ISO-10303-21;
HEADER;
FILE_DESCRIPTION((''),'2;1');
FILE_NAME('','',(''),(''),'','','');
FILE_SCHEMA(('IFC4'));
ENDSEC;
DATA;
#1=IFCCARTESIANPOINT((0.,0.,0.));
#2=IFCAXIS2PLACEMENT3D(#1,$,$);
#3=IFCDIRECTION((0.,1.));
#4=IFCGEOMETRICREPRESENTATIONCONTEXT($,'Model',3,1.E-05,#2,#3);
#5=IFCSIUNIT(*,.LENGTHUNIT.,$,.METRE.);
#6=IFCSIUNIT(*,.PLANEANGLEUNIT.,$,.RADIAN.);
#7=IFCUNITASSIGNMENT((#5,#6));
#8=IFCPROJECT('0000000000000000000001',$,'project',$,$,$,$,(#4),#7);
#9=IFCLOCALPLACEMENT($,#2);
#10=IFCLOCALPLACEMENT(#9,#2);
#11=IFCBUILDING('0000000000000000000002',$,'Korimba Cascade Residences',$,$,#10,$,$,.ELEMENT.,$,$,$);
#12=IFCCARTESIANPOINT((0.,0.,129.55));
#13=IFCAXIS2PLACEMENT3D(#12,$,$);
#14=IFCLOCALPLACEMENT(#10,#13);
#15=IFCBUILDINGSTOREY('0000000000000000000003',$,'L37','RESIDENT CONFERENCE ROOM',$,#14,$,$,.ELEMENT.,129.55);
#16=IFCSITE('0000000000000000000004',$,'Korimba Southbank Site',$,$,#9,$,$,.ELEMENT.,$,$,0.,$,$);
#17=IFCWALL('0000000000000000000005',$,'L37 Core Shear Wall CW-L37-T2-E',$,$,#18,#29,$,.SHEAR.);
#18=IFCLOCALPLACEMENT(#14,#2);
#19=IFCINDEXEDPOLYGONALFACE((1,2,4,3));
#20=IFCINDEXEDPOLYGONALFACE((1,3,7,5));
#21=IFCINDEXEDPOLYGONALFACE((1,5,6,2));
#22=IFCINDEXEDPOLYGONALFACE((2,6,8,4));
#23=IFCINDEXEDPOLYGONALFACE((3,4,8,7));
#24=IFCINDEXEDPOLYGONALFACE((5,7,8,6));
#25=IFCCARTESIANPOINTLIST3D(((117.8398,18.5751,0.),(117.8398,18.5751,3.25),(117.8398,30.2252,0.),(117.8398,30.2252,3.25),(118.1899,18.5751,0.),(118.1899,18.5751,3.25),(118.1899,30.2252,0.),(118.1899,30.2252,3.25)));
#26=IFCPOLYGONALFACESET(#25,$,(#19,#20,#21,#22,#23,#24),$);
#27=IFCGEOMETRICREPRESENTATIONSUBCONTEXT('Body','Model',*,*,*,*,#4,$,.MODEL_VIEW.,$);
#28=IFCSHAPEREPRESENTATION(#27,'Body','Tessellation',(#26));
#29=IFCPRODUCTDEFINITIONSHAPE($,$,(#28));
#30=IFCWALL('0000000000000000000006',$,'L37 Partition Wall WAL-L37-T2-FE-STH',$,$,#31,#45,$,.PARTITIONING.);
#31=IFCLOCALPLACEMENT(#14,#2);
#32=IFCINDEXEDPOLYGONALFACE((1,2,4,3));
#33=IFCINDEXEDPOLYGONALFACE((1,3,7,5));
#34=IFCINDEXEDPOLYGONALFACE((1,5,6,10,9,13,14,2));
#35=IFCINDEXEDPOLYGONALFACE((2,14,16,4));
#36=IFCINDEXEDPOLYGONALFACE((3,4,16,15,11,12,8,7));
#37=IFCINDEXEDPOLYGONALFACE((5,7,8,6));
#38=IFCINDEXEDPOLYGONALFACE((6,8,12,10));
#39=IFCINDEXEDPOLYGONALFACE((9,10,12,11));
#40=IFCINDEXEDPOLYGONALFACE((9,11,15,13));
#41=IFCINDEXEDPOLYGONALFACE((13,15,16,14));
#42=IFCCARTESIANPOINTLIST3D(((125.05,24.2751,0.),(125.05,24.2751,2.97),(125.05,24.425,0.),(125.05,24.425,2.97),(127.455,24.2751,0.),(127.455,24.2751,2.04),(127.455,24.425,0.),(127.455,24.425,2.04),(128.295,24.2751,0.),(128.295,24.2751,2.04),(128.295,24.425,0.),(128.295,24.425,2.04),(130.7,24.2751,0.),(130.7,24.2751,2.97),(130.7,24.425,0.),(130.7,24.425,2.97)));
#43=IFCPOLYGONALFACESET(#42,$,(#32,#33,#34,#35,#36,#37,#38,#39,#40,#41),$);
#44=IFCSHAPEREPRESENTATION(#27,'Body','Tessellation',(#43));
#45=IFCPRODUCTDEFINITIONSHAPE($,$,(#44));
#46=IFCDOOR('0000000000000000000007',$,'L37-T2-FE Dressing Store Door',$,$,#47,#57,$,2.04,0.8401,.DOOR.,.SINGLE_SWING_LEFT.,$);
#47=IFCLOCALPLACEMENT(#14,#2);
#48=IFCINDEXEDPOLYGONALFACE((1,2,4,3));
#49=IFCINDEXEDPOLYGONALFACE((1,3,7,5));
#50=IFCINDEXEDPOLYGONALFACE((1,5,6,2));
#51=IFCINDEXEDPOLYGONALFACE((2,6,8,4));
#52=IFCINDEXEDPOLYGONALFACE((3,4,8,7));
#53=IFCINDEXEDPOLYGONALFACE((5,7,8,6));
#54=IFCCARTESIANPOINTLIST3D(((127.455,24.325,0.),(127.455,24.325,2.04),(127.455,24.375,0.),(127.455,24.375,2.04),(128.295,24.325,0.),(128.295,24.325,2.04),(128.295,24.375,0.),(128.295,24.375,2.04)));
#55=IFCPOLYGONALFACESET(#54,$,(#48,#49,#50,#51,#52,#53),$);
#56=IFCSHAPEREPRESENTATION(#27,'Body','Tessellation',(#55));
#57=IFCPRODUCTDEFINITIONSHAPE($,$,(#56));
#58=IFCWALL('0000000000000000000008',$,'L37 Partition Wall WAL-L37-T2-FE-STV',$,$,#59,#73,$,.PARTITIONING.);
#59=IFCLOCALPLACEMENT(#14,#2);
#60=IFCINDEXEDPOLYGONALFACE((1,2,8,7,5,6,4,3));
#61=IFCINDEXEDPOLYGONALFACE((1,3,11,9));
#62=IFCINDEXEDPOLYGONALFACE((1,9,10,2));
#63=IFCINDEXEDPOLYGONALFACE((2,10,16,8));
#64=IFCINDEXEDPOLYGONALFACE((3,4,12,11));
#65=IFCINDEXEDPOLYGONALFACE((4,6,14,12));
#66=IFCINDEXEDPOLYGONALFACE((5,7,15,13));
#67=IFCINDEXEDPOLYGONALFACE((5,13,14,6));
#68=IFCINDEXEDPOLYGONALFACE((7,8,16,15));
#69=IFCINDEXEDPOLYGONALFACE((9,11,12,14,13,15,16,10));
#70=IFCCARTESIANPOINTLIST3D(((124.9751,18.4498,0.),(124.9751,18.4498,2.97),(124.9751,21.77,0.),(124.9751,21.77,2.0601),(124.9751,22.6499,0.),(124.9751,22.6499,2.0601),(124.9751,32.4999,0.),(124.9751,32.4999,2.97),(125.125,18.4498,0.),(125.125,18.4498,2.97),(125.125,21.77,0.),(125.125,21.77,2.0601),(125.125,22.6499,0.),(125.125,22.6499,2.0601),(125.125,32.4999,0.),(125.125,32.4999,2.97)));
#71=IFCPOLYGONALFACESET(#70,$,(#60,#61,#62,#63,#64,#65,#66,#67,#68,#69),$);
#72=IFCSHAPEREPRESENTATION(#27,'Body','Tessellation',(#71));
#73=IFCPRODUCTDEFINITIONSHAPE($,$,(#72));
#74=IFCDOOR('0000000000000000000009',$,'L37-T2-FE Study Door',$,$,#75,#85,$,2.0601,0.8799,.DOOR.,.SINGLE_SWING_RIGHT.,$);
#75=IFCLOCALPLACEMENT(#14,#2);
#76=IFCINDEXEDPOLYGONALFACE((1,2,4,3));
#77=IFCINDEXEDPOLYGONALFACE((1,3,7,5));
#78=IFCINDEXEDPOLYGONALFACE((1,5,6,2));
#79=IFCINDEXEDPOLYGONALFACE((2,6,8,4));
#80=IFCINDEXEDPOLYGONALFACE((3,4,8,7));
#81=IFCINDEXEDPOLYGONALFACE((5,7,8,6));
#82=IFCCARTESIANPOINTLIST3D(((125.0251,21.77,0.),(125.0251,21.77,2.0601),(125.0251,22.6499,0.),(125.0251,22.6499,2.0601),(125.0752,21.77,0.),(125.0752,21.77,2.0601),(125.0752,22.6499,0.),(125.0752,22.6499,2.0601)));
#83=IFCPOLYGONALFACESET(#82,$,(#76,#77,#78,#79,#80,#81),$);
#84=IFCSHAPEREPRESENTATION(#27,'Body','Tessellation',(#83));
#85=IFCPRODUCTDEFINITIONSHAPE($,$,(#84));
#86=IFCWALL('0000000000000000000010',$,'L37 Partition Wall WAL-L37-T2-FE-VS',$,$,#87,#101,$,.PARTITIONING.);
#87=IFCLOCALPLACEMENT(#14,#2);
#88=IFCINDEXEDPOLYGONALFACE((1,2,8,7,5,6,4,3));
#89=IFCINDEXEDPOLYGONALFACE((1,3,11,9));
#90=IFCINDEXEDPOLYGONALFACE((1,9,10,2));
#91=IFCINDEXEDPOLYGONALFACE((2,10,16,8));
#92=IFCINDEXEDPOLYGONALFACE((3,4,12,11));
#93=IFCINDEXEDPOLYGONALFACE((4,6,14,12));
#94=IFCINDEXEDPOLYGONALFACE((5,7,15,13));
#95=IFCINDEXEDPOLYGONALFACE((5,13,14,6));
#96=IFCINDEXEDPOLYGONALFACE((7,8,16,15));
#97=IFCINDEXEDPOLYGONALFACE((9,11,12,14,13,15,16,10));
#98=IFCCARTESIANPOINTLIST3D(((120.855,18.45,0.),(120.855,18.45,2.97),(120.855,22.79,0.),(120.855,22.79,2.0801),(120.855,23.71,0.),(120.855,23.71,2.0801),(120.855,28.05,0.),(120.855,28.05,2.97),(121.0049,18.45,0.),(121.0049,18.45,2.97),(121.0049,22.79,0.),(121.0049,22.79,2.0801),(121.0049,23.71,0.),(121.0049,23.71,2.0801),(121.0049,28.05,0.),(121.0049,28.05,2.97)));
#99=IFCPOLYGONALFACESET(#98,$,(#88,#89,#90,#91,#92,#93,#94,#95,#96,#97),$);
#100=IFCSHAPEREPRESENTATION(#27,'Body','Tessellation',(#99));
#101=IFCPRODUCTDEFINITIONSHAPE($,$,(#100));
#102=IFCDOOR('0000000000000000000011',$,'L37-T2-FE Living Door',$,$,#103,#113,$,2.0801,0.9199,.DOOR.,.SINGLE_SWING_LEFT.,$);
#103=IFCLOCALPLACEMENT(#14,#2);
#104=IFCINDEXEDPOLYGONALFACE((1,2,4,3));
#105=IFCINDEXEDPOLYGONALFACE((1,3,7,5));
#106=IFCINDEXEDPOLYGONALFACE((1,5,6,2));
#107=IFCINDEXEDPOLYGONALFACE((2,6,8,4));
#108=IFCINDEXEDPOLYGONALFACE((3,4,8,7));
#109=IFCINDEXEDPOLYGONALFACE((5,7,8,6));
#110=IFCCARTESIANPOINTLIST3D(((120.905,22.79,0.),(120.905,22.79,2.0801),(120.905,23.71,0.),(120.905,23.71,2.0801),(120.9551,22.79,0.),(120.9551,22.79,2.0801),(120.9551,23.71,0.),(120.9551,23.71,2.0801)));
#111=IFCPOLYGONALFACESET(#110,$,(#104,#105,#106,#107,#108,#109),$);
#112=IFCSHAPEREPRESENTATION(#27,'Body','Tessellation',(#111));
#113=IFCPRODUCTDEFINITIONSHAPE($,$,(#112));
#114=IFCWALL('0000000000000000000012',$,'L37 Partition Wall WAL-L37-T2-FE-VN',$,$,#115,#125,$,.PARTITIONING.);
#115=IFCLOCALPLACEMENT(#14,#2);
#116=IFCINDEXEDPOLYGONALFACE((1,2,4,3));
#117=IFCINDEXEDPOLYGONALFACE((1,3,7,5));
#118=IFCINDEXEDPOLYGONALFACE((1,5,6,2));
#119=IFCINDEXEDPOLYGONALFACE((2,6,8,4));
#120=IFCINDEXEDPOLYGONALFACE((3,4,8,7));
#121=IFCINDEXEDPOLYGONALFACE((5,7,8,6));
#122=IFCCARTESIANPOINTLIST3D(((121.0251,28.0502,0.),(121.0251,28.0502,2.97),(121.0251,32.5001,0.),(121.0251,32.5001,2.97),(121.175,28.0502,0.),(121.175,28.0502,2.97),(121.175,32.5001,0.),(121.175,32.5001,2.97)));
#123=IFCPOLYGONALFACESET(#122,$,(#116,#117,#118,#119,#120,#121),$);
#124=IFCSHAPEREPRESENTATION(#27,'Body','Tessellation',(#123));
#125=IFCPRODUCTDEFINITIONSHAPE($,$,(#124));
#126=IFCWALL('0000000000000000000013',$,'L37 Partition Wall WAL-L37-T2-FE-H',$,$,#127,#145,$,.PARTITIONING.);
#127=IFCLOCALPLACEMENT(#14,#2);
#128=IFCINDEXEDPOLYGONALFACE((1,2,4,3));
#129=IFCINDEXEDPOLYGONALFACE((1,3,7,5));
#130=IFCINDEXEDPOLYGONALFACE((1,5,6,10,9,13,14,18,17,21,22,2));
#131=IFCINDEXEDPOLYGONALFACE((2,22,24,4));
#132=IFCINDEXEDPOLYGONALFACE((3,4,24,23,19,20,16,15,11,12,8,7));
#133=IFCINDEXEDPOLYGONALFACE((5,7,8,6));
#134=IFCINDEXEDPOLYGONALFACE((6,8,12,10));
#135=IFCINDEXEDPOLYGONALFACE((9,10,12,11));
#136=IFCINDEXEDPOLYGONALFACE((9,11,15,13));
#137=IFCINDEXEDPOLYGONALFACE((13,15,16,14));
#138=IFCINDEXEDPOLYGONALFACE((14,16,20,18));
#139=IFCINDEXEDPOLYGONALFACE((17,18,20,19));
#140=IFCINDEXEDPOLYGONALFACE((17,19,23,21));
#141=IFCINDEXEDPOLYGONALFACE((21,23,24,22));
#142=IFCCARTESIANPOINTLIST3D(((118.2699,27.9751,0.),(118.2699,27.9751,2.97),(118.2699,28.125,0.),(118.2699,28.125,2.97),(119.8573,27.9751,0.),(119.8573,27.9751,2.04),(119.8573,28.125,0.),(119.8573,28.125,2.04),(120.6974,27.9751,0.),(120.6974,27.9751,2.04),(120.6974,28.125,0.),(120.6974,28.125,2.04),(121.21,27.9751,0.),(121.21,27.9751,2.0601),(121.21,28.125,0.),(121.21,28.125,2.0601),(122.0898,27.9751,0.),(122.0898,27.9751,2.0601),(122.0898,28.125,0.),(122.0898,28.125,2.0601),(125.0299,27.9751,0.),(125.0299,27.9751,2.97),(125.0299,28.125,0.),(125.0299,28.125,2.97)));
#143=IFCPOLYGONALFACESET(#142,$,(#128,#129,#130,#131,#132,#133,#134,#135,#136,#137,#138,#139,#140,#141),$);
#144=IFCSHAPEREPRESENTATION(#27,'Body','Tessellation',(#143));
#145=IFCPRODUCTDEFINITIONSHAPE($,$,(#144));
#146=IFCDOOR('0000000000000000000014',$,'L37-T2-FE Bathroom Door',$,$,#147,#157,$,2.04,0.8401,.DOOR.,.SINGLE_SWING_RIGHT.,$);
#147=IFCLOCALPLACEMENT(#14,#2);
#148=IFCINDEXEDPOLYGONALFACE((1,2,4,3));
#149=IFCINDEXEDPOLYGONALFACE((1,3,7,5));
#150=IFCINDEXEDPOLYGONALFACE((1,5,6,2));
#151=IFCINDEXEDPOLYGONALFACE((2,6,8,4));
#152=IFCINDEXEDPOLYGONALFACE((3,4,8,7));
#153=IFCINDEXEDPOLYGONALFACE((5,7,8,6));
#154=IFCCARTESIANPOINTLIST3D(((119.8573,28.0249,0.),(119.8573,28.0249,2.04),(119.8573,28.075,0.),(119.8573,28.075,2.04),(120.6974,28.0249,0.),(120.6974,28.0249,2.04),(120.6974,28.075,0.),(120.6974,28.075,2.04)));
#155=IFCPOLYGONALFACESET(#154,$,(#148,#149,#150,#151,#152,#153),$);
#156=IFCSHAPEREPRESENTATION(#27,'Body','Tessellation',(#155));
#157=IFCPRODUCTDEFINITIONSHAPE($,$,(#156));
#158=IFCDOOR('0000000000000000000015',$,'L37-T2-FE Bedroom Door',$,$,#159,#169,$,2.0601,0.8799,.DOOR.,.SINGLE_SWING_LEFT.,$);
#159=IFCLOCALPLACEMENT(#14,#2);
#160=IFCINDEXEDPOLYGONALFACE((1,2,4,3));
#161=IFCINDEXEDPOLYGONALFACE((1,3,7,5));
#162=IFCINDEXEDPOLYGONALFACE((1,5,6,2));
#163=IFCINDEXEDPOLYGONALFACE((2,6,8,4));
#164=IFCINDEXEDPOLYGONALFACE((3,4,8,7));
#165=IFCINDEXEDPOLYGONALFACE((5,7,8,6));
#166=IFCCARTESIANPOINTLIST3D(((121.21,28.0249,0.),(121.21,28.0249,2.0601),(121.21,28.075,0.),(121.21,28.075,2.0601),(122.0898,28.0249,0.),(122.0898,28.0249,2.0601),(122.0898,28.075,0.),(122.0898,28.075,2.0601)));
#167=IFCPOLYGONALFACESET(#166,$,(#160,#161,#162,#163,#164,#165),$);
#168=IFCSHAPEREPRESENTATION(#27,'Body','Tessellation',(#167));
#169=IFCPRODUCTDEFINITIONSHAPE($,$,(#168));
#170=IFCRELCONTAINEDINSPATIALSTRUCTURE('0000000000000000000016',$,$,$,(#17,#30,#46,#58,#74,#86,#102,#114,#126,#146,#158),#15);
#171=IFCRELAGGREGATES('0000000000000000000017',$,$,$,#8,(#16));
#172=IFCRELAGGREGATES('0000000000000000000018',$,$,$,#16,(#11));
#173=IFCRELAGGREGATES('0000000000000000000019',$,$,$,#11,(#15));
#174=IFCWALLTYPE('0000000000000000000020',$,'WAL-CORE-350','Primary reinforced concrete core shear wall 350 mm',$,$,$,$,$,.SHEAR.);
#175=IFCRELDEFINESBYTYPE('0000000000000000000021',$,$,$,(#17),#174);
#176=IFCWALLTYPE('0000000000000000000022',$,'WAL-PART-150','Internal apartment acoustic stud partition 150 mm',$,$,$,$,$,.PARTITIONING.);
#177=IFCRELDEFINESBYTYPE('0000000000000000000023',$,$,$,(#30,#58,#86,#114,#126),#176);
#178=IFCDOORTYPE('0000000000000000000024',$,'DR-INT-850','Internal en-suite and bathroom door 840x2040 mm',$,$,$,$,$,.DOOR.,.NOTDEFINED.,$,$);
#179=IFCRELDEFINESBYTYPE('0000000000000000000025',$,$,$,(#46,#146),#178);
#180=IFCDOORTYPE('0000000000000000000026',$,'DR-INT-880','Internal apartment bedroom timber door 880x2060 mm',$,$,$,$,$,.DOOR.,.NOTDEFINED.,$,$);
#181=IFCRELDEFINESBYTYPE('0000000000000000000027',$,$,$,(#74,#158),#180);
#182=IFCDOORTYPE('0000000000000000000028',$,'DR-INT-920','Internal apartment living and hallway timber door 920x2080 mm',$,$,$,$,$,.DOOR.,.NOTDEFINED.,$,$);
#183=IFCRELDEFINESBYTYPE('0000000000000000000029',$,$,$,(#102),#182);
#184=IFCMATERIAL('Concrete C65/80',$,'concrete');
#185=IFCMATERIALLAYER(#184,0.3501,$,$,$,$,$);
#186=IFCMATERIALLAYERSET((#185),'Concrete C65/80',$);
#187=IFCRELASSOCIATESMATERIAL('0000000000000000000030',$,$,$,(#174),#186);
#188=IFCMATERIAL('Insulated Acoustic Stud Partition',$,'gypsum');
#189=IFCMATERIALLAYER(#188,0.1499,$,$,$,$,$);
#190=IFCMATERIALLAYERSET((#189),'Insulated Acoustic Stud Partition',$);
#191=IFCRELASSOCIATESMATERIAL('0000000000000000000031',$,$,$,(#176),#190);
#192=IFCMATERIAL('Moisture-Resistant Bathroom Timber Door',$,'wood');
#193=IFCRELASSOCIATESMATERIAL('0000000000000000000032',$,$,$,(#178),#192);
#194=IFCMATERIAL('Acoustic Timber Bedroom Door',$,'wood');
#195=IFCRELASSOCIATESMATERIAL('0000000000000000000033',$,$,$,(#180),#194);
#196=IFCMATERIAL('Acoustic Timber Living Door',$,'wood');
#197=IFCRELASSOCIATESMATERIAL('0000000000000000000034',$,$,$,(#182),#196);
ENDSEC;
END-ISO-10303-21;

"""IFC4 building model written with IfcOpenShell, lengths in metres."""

from ifc_helpers import new_model, si_unit, direction, frame, frame_2d, origin, place, context, subcontext, project, spatial, rectangle, extrude, material, layer, layer_set, type_object, element, fill, save


model = new_model("IFC4")

# Units and contexts
model_context = context("Model", 3, precision=1e-05, world=origin(), true_north=direction((0.0, 1.0)))
body_context = subcontext(model_context, "Body", "Model", "MODEL_VIEW")
ifc_project = project(units=[si_unit("LENGTHUNIT", "METRE"), si_unit("PLANEANGLEUNIT", "RADIAN")], contexts=[model_context])

# Site, building, storey
site_placement = place(None, origin())
site = spatial("IfcSite", under=ifc_project, at=site_placement, Name="Korimba Southbank Site", CompositionType="ELEMENT", RefElevation=0.0)
building_placement = place(site_placement, origin())
building = spatial("IfcBuilding", under=site, at=building_placement, Name="Korimba Cascade Residences", CompositionType="ELEMENT")
storey_placement = place(building_placement, frame((0.0, 0.0, 129.55)))
storey = spatial("IfcBuildingStorey", under=building, at=storey_placement, Name="L37", Description="RESIDENT CONFERENCE ROOM", CompositionType="ELEMENT", Elevation=129.55)

# Shared definitions
ifc_material_1 = material(Name="Concrete C65/80", Category="concrete")

# Wall
ifc_layer_1 = layer(ifc_material_1, 0.3501)
ifc_layer_set_1 = layer_set([ifc_layer_1], Name="Concrete C65/80")
wall_type_1 = type_object("IfcWallType", Name="WAL-CORE-350", Description="Primary reinforced concrete core shear wall 350 mm", PredefinedType="SHEAR", material=ifc_layer_set_1)
wall_1_placement = place(storey_placement, frame((118.0149, 18.575, 0.0), z_axis=(0.0, 0.0, 1.0), x_axis=(0.0, 1.0, 0.0)))
element("IfcWall", 1, at=wall_1_placement, inside=storey, type_object=wall_type_1, Name="L37 Core Shear Wall CW-L37-T2-E", PredefinedType="SHEAR", context=body_context, shape_type="SweptSolid", body=[
    extrude(rectangle(XDim=11.6501, YDim=0.3501, at=frame_2d((5.8252, 0.0))), origin(), (0.0, 0.0, 1.0), 3.25),
])

# Walls, openings, doors
ifc_material_2 = material(Name="Insulated Acoustic Stud Partition", Category="gypsum")
ifc_layer_2 = layer(ifc_material_2, 0.1499)
ifc_layer_set_2 = layer_set([ifc_layer_2], Name="Insulated Acoustic Stud Partition")
wall_type_2 = type_object("IfcWallType", Name="WAL-PART-150", Description="Internal apartment acoustic stud partition 150 mm", PredefinedType="PARTITIONING", material=ifc_layer_set_2)
wall_2_placement = place(storey_placement, frame((125.05, 24.3501, 0.0), z_axis=(0.0, 0.0, 1.0), x_axis=(1.0, 0.0, 0.0)))
wall_2 = element("IfcWall", 2, at=wall_2_placement, inside=storey, type_object=wall_type_2, Name="L37 Partition Wall WAL-L37-T2-FE-STH", PredefinedType="PARTITIONING", context=body_context, shape_type="SweptSolid", body=[
    extrude(rectangle(XDim=5.6499, YDim=0.1499, at=frame_2d((2.825, 0.0))), origin(), (0.0, 0.0, 1.0), 2.97),
])
opening_1_placement = place(wall_2_placement, frame((2.405, 0.0, 0.0)))
opening_1 = element("IfcOpeningElement", 3, at=opening_1_placement, cuts=wall_2, PredefinedType="OPENING", context=body_context, shape_type="SweptSolid", body=[
    extrude(rectangle(XDim=0.8401, YDim=2.04, at=frame_2d((0.4199, 1.02))), frame((0.0, 0.085, 0.0), z_axis=(0.0, -1.0, 0.0), x_axis=(1.0, 0.0, 0.0)), (0.0, 0.0, 1.0), 0.1699),
])
ifc_material_3 = material(Name="Moisture-Resistant Bathroom Timber Door", Category="wood")
door_type_1 = type_object("IfcDoorType", Name="DR-INT-850", Description="Internal en-suite and bathroom door 840x2040 mm", OperationType="NOTDEFINED", PredefinedType="DOOR", material=ifc_material_3)
door_1_placement = place(opening_1_placement, origin())
door_1 = element("IfcDoor", 4, at=door_1_placement, inside=storey, type_object=door_type_1, Name="L37-T2-FE Dressing Store Door", OperationType="SINGLE_SWING_LEFT", OverallHeight=2.04, OverallWidth=0.8401, PredefinedType="DOOR", context=body_context, shape_type="SweptSolid", body=[
    extrude(rectangle(XDim=0.8401, YDim=2.04, at=frame_2d((0.4199, 1.02))), frame((0.0, 0.0249, 0.0), z_axis=(0.0, -1.0, 0.0), x_axis=(1.0, 0.0, 0.0)), (0.0, 0.0, 1.0), 0.05),
])
fill(opening_1, door_1)
wall_3_placement = place(storey_placement, frame((125.05, 18.45, 0.0), z_axis=(0.0, 0.0, 1.0), x_axis=(0.0, 1.0, 0.0)))
wall_3 = element("IfcWall", 5, at=wall_3_placement, inside=storey, type_object=wall_type_2, Name="L37 Partition Wall WAL-L37-T2-FE-STV", PredefinedType="PARTITIONING", context=body_context, shape_type="SweptSolid", body=[
    extrude(rectangle(XDim=14.05, YDim=0.1499, at=frame_2d((7.0249, 0.0))), origin(), (0.0, 0.0, 1.0), 2.97),
])
opening_2_placement = place(wall_3_placement, frame((3.3201, 0.0, 0.0)))
opening_2 = element("IfcOpeningElement", 6, at=opening_2_placement, cuts=wall_3, PredefinedType="OPENING", context=body_context, shape_type="SweptSolid", body=[
    extrude(rectangle(XDim=0.8799, YDim=2.0601, at=frame_2d((0.4399, 1.03))), frame((0.0, 0.085, 0.0), z_axis=(0.0, -1.0, 0.0), x_axis=(1.0, 0.0, 0.0)), (0.0, 0.0, 1.0), 0.1699),
])
ifc_material_4 = material(Name="Acoustic Timber Bedroom Door", Category="wood")
door_type_2 = type_object("IfcDoorType", Name="DR-INT-880", Description="Internal apartment bedroom timber door 880x2060 mm", OperationType="NOTDEFINED", PredefinedType="DOOR", material=ifc_material_4)
door_2_placement = place(opening_2_placement, origin())
door_2 = element("IfcDoor", 7, at=door_2_placement, inside=storey, type_object=door_type_2, Name="L37-T2-FE Study Door", OperationType="SINGLE_SWING_RIGHT", OverallHeight=2.0601, OverallWidth=0.8799, PredefinedType="DOOR", context=body_context, shape_type="SweptSolid", body=[
    extrude(rectangle(XDim=0.8799, YDim=2.0601, at=frame_2d((0.4399, 1.03))), frame((0.0, 0.0249, 0.0), z_axis=(0.0, -1.0, 0.0), x_axis=(1.0, 0.0, 0.0)), (0.0, 0.0, 1.0), 0.05),
])
fill(opening_2, door_2)
wall_4_placement = place(storey_placement, frame((120.9299, 18.45, 0.0), z_axis=(0.0, 0.0, 1.0), x_axis=(0.0, 1.0, 0.0)))
wall_4 = element("IfcWall", 8, at=wall_4_placement, inside=storey, type_object=wall_type_2, Name="L37 Partition Wall WAL-L37-T2-FE-VS", PredefinedType="PARTITIONING", context=body_context, shape_type="SweptSolid", body=[
    extrude(rectangle(XDim=9.6001, YDim=0.1499, at=frame_2d((4.8, 0.0))), origin(), (0.0, 0.0, 1.0), 2.97),
])
opening_3_placement = place(wall_4_placement, frame((4.3401, 0.0, 0.0)))
opening_3 = element("IfcOpeningElement", 9, at=opening_3_placement, cuts=wall_4, PredefinedType="OPENING", context=body_context, shape_type="SweptSolid", body=[
    extrude(rectangle(XDim=0.9199, YDim=2.0801, at=frame_2d((0.46, 1.04))), frame((0.0, 0.085, 0.0), z_axis=(0.0, -1.0, 0.0), x_axis=(1.0, 0.0, 0.0)), (0.0, 0.0, 1.0), 0.1699),
])
ifc_material_5 = material(Name="Acoustic Timber Living Door", Category="wood")
door_type_3 = type_object("IfcDoorType", Name="DR-INT-920", Description="Internal apartment living and hallway timber door 920x2080 mm", OperationType="NOTDEFINED", PredefinedType="DOOR", material=ifc_material_5)
door_3_placement = place(opening_3_placement, origin())
door_3 = element("IfcDoor", 10, at=door_3_placement, inside=storey, type_object=door_type_3, Name="L37-T2-FE Living Door", OperationType="SINGLE_SWING_LEFT", OverallHeight=2.0801, OverallWidth=0.9199, PredefinedType="DOOR", context=body_context, shape_type="SweptSolid", body=[
    extrude(rectangle(XDim=0.9199, YDim=2.0801, at=frame_2d((0.46, 1.04))), frame((0.0, 0.0249, 0.0), z_axis=(0.0, -1.0, 0.0), x_axis=(1.0, 0.0, 0.0)), (0.0, 0.0, 1.0), 0.05),
])
fill(opening_3, door_3)

# Wall
wall_5_placement = place(storey_placement, frame((121.1001, 28.05, 0.0), z_axis=(0.0, 0.0, 1.0), x_axis=(0.0, 1.0, 0.0)))
element("IfcWall", 11, at=wall_5_placement, inside=storey, type_object=wall_type_2, Name="L37 Partition Wall WAL-L37-T2-FE-VN", PredefinedType="PARTITIONING", context=body_context, shape_type="SweptSolid", body=[
    extrude(rectangle(XDim=4.45, YDim=0.1499, at=frame_2d((2.2251, 0.0))), origin(), (0.0, 0.0, 1.0), 2.97),
])

# Wall, openings, doors
wall_6_placement = place(storey_placement, frame((118.27, 28.05, 0.0), z_axis=(0.0, 0.0, 1.0), x_axis=(1.0, 0.0, 0.0)))
wall_6 = element("IfcWall", 12, at=wall_6_placement, inside=storey, type_object=wall_type_2, Name="L37 Partition Wall WAL-L37-T2-FE-H", PredefinedType="PARTITIONING", context=body_context, shape_type="SweptSolid", body=[
    extrude(rectangle(XDim=6.76, YDim=0.1499, at=frame_2d((3.3799, 0.0))), origin(), (0.0, 0.0, 1.0), 2.97),
])
opening_4_placement = place(wall_6_placement, frame((1.5874, 0.0, 0.0)))
opening_4 = element("IfcOpeningElement", 13, at=opening_4_placement, cuts=wall_6, PredefinedType="OPENING", context=body_context, shape_type="SweptSolid", body=[
    extrude(rectangle(XDim=0.8401, YDim=2.04, at=frame_2d((0.4199, 1.02))), frame((0.0, 0.085, 0.0), z_axis=(0.0, -1.0, 0.0), x_axis=(1.0, 0.0, 0.0)), (0.0, 0.0, 1.0), 0.1699),
])
opening_5_placement = place(wall_6_placement, frame((2.9399, 0.0, 0.0)))
opening_5 = element("IfcOpeningElement", 14, at=opening_5_placement, cuts=wall_6, PredefinedType="OPENING", context=body_context, shape_type="SweptSolid", body=[
    extrude(rectangle(XDim=0.8799, YDim=2.0601, at=frame_2d((0.4399, 1.03))), frame((0.0, 0.085, 0.0), z_axis=(0.0, -1.0, 0.0), x_axis=(1.0, 0.0, 0.0)), (0.0, 0.0, 1.0), 0.1699),
])
door_4_placement = place(opening_4_placement, origin())
door_4 = element("IfcDoor", 15, at=door_4_placement, inside=storey, type_object=door_type_1, Name="L37-T2-FE Bathroom Door", OperationType="SINGLE_SWING_RIGHT", OverallHeight=2.04, OverallWidth=0.8401, PredefinedType="DOOR", context=body_context, shape_type="SweptSolid", body=[
    extrude(rectangle(XDim=0.8401, YDim=2.04, at=frame_2d((0.4199, 1.02))), frame((0.0, 0.0249, 0.0), z_axis=(0.0, -1.0, 0.0), x_axis=(1.0, 0.0, 0.0)), (0.0, 0.0, 1.0), 0.05),
])
fill(opening_4, door_4)
door_5_placement = place(opening_5_placement, origin())
door_5 = element("IfcDoor", 16, at=door_5_placement, inside=storey, type_object=door_type_2, Name="L37-T2-FE Bedroom Door", OperationType="SINGLE_SWING_LEFT", OverallHeight=2.0601, OverallWidth=0.8799, PredefinedType="DOOR", context=body_context, shape_type="SweptSolid", body=[
    extrude(rectangle(XDim=0.8799, YDim=2.0601, at=frame_2d((0.4399, 1.03))), frame((0.0, 0.0249, 0.0), z_axis=(0.0, -1.0, 0.0), x_axis=(1.0, 0.0, 0.0)), (0.0, 0.0, 1.0), 0.05),
])
fill(opening_5, door_5)

save(model, "model.ifc")
